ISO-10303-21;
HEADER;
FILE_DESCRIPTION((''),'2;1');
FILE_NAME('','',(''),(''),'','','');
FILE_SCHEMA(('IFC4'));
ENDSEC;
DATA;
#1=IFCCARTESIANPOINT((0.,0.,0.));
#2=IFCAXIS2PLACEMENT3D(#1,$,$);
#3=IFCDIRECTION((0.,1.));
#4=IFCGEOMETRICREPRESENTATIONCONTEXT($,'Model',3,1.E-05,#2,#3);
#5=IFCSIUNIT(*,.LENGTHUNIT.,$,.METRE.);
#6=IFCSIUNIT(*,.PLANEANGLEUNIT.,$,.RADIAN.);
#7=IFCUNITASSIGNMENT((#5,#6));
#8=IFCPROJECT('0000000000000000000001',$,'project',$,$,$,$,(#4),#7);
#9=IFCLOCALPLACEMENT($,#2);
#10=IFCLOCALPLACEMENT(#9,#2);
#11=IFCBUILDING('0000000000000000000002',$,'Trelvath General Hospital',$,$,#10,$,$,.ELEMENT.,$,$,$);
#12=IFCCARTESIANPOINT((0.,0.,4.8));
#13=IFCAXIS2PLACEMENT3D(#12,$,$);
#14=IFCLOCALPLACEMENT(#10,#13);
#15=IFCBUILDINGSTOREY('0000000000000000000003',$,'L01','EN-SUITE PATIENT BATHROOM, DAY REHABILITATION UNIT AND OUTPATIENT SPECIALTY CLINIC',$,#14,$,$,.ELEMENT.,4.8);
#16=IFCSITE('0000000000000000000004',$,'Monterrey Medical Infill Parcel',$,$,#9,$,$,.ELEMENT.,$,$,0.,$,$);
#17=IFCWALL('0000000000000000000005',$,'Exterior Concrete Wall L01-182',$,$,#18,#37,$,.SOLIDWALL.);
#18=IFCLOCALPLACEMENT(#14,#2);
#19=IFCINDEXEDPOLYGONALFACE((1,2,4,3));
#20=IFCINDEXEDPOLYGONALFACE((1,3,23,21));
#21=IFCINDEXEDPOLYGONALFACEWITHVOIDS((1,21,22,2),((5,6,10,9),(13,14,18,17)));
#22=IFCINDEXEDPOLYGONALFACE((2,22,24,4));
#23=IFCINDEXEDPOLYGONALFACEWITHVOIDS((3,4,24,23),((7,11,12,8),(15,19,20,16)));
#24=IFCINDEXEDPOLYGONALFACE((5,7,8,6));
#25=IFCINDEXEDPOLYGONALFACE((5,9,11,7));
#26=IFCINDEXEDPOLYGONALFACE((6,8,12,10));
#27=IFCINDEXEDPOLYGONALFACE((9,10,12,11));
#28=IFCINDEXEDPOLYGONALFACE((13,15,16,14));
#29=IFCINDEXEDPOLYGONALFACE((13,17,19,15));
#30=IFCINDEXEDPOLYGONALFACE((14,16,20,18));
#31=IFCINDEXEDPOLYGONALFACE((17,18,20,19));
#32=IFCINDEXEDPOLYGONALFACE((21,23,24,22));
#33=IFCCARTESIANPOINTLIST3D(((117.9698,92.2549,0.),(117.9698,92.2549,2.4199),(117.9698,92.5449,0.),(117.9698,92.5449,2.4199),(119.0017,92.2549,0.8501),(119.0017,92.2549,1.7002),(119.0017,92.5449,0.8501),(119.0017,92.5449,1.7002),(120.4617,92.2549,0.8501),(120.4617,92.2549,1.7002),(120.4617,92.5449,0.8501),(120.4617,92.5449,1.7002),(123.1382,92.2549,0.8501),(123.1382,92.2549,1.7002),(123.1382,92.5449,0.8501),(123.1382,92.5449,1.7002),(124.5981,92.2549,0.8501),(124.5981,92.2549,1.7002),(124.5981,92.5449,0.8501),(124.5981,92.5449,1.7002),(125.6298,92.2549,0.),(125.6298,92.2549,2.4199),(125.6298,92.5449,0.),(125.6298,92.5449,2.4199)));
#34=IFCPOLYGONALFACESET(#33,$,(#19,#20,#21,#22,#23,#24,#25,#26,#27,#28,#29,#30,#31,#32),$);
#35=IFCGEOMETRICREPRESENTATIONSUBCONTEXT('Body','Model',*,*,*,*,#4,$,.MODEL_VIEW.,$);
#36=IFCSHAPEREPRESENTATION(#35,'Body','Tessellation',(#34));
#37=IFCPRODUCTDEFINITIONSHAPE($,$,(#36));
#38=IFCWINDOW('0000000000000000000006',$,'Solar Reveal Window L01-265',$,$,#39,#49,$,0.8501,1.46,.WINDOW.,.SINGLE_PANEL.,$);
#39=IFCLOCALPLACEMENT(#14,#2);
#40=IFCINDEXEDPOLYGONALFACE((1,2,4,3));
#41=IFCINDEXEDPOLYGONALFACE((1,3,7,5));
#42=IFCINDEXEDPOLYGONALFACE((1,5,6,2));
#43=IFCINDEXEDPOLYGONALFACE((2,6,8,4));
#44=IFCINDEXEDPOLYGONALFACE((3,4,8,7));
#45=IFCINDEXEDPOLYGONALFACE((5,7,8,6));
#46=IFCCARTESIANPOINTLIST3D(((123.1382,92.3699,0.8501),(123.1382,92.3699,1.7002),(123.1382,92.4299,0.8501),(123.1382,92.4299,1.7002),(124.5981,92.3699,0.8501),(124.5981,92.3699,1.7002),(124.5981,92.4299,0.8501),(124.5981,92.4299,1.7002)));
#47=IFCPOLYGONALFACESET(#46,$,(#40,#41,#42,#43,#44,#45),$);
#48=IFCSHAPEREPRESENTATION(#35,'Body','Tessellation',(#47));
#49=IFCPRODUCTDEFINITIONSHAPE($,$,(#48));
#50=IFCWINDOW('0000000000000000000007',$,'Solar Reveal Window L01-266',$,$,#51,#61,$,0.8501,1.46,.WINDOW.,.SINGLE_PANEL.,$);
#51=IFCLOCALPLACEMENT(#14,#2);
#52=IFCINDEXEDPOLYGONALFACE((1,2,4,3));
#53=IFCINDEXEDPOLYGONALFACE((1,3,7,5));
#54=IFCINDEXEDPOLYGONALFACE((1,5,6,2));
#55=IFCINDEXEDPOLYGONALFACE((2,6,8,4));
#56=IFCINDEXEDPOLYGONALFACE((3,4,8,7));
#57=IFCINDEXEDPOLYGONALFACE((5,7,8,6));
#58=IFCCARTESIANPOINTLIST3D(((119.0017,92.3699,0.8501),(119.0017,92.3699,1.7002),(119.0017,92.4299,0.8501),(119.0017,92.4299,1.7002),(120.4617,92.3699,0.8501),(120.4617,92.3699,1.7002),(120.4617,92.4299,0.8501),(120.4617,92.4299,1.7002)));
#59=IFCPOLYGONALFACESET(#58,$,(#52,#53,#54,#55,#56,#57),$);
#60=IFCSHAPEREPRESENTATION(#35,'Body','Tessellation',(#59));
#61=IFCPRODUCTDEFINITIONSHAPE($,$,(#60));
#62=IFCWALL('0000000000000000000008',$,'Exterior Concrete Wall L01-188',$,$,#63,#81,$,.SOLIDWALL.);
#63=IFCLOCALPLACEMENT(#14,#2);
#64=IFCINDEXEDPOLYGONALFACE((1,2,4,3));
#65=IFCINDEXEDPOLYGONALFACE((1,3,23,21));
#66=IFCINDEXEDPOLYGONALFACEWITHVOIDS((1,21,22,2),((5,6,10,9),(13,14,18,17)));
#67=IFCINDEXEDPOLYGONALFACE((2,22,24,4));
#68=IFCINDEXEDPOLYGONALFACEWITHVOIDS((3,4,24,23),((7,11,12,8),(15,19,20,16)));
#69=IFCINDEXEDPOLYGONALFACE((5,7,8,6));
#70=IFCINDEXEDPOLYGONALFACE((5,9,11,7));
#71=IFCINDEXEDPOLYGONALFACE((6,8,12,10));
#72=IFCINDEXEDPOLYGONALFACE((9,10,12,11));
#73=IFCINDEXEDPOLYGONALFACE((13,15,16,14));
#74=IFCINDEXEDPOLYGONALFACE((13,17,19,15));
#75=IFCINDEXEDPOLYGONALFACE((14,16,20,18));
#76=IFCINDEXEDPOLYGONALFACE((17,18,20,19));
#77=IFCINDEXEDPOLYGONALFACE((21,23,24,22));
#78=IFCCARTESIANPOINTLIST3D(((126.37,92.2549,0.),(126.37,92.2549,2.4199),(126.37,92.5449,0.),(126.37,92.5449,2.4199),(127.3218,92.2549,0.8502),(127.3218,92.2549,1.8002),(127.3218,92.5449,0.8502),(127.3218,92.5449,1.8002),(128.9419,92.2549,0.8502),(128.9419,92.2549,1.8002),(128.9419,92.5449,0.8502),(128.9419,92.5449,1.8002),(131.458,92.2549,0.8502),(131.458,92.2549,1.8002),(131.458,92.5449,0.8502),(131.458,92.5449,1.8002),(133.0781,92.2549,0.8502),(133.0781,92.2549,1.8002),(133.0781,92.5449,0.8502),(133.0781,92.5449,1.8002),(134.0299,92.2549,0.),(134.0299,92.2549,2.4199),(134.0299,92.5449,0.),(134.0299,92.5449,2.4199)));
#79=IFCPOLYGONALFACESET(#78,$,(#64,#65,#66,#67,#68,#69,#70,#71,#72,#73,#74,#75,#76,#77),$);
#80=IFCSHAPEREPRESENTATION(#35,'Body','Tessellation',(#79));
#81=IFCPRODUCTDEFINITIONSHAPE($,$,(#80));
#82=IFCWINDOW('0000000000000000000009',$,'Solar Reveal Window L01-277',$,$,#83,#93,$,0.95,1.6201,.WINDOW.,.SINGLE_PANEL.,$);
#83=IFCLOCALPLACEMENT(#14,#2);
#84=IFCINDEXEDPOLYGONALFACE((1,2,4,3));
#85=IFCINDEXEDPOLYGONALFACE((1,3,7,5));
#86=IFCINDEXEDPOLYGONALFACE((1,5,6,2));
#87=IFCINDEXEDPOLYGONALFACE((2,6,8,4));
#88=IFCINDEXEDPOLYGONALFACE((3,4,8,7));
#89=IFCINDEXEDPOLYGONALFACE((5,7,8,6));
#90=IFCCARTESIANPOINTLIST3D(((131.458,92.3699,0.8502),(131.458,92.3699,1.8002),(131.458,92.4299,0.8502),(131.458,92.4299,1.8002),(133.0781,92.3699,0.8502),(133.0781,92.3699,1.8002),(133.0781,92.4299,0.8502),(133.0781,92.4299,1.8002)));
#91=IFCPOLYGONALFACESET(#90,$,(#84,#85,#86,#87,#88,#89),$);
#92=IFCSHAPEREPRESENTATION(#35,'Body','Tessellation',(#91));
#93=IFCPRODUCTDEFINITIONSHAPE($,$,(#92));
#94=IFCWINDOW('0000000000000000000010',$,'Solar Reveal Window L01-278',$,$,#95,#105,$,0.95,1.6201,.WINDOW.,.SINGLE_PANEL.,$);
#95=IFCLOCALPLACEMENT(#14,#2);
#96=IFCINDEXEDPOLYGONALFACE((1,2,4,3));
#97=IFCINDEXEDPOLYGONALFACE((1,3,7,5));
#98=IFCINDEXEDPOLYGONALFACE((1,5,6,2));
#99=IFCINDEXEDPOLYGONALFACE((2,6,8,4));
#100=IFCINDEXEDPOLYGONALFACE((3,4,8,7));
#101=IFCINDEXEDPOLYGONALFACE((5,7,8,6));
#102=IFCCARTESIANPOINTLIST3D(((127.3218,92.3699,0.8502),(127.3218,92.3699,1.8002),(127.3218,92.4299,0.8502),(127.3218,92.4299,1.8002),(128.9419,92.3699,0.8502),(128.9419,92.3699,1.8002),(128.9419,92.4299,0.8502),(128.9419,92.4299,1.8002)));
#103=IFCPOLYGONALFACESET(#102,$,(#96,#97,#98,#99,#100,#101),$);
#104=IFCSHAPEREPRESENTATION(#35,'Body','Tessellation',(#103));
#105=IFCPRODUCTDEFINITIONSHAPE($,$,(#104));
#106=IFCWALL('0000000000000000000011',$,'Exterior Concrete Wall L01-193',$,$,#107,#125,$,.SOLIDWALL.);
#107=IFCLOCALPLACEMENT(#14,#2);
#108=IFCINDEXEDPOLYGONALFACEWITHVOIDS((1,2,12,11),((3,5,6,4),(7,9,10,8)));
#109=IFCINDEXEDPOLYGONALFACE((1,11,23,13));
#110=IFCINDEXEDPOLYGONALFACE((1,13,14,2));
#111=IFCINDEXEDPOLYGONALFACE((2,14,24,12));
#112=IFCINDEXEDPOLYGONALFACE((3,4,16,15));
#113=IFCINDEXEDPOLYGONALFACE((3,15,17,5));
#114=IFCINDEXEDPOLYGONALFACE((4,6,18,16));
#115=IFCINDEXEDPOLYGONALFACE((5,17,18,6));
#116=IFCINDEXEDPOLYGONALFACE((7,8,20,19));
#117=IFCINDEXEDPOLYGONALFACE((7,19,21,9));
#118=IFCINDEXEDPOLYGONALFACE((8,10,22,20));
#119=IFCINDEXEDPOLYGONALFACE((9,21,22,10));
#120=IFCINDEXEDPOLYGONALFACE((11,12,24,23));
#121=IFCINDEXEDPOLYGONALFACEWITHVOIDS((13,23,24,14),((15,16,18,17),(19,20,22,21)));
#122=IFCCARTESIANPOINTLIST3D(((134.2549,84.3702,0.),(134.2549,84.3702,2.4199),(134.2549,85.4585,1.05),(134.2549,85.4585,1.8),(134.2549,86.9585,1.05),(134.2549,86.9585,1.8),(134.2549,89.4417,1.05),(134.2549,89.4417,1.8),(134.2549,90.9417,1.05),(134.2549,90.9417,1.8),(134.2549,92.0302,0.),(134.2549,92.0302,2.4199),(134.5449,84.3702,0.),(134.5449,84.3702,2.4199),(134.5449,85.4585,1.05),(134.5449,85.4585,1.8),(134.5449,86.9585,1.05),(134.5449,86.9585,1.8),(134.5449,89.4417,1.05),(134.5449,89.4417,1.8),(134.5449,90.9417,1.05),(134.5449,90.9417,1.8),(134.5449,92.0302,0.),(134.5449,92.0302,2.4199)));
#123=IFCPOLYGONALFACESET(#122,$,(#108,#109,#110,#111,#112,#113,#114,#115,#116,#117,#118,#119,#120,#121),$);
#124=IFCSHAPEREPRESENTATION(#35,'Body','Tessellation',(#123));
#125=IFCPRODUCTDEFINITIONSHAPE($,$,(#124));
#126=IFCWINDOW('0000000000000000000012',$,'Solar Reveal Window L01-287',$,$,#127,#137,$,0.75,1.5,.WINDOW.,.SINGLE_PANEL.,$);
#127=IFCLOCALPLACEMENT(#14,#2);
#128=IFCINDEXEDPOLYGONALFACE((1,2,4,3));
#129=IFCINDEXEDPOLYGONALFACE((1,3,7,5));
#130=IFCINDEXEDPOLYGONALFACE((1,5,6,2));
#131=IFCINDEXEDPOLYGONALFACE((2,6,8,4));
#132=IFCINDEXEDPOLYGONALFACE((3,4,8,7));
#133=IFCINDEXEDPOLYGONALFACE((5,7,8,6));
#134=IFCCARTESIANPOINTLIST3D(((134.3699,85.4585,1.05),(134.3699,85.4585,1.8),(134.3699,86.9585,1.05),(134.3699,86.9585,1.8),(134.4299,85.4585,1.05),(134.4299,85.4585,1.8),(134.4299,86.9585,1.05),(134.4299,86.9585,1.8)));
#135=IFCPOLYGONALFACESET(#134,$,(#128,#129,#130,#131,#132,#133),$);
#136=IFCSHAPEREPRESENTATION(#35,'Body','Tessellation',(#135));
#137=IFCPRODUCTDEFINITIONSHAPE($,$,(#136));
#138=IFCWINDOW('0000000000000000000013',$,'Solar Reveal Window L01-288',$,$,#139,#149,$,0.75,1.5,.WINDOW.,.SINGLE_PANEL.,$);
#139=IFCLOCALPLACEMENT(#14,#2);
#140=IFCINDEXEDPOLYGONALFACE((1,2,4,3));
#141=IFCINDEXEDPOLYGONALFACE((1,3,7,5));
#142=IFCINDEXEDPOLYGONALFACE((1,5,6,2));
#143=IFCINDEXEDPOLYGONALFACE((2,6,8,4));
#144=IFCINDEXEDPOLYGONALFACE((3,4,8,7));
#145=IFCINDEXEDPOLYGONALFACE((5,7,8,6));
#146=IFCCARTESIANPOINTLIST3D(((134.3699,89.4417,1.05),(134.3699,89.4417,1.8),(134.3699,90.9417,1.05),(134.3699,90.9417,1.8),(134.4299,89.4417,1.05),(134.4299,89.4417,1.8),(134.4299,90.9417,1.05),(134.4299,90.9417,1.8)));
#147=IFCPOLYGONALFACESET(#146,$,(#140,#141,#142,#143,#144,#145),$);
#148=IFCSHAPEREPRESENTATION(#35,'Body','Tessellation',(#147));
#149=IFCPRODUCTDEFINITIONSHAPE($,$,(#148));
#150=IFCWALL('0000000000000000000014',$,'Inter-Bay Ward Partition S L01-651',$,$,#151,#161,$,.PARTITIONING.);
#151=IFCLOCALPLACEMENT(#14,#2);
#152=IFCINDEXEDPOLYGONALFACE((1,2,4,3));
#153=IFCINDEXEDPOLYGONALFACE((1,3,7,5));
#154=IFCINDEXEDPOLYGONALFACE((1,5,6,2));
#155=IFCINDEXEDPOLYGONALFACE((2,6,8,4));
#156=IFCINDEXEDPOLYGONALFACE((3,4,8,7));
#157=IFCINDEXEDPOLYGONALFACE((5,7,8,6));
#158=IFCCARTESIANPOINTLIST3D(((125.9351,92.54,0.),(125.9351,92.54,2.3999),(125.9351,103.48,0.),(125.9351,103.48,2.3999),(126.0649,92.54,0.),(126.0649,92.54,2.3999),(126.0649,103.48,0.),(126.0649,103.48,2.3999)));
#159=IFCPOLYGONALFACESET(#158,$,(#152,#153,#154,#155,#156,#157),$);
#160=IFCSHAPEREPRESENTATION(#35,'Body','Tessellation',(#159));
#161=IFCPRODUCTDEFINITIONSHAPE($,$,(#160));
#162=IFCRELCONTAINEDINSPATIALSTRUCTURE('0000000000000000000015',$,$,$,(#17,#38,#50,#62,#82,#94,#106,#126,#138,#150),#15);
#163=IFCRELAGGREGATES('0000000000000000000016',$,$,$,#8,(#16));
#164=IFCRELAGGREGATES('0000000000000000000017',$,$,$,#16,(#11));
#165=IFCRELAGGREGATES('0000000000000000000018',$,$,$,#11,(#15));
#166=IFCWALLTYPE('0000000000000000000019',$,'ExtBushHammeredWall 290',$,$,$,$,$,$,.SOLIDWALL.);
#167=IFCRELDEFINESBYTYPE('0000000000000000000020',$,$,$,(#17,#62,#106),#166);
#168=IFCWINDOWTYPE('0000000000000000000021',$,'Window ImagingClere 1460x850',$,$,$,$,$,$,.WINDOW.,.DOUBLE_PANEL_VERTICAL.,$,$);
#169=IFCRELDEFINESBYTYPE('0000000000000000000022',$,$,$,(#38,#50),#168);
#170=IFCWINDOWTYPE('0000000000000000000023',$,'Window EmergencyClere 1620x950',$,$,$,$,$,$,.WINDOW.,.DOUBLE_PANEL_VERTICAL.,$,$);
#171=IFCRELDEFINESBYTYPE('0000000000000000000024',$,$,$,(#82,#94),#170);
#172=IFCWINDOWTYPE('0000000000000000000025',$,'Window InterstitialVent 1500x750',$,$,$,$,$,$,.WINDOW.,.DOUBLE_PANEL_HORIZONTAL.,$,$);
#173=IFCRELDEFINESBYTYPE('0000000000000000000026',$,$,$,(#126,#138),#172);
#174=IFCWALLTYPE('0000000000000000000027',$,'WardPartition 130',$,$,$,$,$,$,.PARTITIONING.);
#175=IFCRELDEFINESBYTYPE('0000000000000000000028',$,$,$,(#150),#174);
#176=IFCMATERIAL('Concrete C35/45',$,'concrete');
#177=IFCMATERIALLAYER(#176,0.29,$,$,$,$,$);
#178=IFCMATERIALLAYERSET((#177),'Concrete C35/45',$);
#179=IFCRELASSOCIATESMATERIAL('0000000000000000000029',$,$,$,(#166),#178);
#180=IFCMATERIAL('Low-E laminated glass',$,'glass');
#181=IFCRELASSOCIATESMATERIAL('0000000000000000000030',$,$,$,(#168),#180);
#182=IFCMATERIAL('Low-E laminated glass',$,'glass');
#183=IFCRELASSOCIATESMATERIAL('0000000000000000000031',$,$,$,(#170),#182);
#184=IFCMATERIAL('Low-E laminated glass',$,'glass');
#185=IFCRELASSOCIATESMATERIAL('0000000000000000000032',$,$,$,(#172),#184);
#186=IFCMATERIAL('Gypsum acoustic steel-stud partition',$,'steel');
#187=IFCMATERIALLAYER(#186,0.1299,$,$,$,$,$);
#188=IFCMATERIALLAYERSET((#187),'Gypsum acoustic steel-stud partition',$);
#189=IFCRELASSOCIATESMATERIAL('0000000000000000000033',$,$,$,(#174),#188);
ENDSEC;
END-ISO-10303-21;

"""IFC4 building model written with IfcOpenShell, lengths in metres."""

from ifc_helpers import new_model, si_unit, direction, frame, frame_2d, origin, place, context, subcontext, project, spatial, rectangle, extrude, material, layer, layer_set, type_object, element, fill, save


model = new_model("IFC4")

# Units and contexts
model_context = context("Model", 3, precision=1e-05, world=origin(), true_north=direction((0.0, 1.0)))
body_context = subcontext(model_context, "Body", "Model", "MODEL_VIEW")
ifc_project = project(units=[si_unit("LENGTHUNIT", "METRE"), si_unit("PLANEANGLEUNIT", "RADIAN")], contexts=[model_context])

# Site, building, storey
site_placement = place(None, origin())
site = spatial("IfcSite", under=ifc_project, at=site_placement, Name="Monterrey Medical Infill Parcel", CompositionType="ELEMENT", RefElevation=0.0)
building_placement = place(site_placement, origin())
building = spatial("IfcBuilding", under=site, at=building_placement, Name="Trelvath General Hospital", CompositionType="ELEMENT")
storey_placement = place(building_placement, frame((0.0, 0.0, 4.8)))
storey = spatial("IfcBuildingStorey", under=building, at=storey_placement, Name="L01", Description="EN-SUITE PATIENT BATHROOM, DAY REHABILITATION UNIT AND OUTPATIENT SPECIALTY CLINIC", CompositionType="ELEMENT", Elevation=4.8)

# Walls, openings, windows
ifc_material_1 = material(Name="Concrete C35/45", Category="concrete")
ifc_layer_1 = layer(ifc_material_1, 0.29)
ifc_layer_set_1 = layer_set([ifc_layer_1], Name="Concrete C35/45")
wall_type_1 = type_object("IfcWallType", Name="ExtBushHammeredWall 290", PredefinedType="SOLIDWALL", material=ifc_layer_set_1)
wall_1_placement = place(storey_placement, frame((125.6299, 92.3999, 0.0), z_axis=(0.0, 0.0, 1.0), x_axis=(-1.0, 0.0, 0.0)))
wall_1 = element("IfcWall", 1, at=wall_1_placement, inside=storey, type_object=wall_type_1, Name="Exterior Concrete Wall L01-182", PredefinedType="SOLIDWALL", context=body_context, shape_type="SweptSolid", body=[
    extrude(rectangle(XDim=7.6599, YDim=0.29, at=frame_2d((3.8301, 0.0))), origin(), (0.0, 0.0, 1.0), 2.4199),
])
opening_1_placement = place(wall_1_placement, frame((1.0317, 0.0, 0.8501)))
opening_1 = element("IfcOpeningElement", 2, at=opening_1_placement, cuts=wall_1, PredefinedType="OPENING", context=body_context, shape_type="SweptSolid", body=[
    extrude(rectangle(XDim=1.46, YDim=0.8501, at=frame_2d((0.73, 0.425))), frame((0.0, 0.155, 0.0), z_axis=(0.0, -1.0, 0.0), x_axis=(1.0, 0.0, 0.0)), (0.0, 0.0, 1.0), 0.3101),
])
opening_2_placement = place(wall_1_placement, frame((5.1682, 0.0, 0.8501)))
opening_2 = element("IfcOpeningElement", 3, at=opening_2_placement, cuts=wall_1, PredefinedType="OPENING", context=body_context, shape_type="SweptSolid", body=[
    extrude(rectangle(XDim=1.46, YDim=0.8501, at=frame_2d((0.73, 0.425))), frame((0.0, 0.155, 0.0), z_axis=(0.0, -1.0, 0.0), x_axis=(1.0, 0.0, 0.0)), (0.0, 0.0, 1.0), 0.3101),
])
ifc_material_2 = material(Name="Low-E laminated glass", Category="glass")
window_type_1 = type_object("IfcWindowType", Name="Window ImagingClere 1460x850", PartitioningType="DOUBLE_PANEL_VERTICAL", PredefinedType="WINDOW", material=ifc_material_2)
window_1_placement = place(opening_1_placement, origin())
window_1 = element("IfcWindow", 4, at=window_1_placement, inside=storey, type_object=window_type_1, Name="Solar Reveal Window L01-265", OverallHeight=0.8501, OverallWidth=1.46, PartitioningType="SINGLE_PANEL", PredefinedType="WINDOW", context=body_context, shape_type="SweptSolid", body=[
    extrude(rectangle(XDim=1.46, YDim=0.8501, at=frame_2d((0.73, 0.425))), frame((0.0, 0.03, 0.0), z_axis=(0.0, -1.0, 0.0), x_axis=(1.0, 0.0, 0.0)), (0.0, 0.0, 1.0), 0.0601),
])
fill(opening_1, window_1)
window_2_placement = place(opening_2_placement, origin())
window_2 = element("IfcWindow", 5, at=window_2_placement, inside=storey, type_object=window_type_1, Name="Solar Reveal Window L01-266", OverallHeight=0.8501, OverallWidth=1.46, PartitioningType="SINGLE_PANEL", PredefinedType="WINDOW", context=body_context, shape_type="SweptSolid", body=[
    extrude(rectangle(XDim=1.46, YDim=0.8501, at=frame_2d((0.73, 0.425))), frame((0.0, 0.03, 0.0), z_axis=(0.0, -1.0, 0.0), x_axis=(1.0, 0.0, 0.0)), (0.0, 0.0, 1.0), 0.0601),
])
fill(opening_2, window_2)
wall_2_placement = place(storey_placement, frame((134.03, 92.3999, 0.0), z_axis=(0.0, 0.0, 1.0), x_axis=(-1.0, 0.0, 0.0)))
wall_2 = element("IfcWall", 6, at=wall_2_placement, inside=storey, type_object=wall_type_1, Name="Exterior Concrete Wall L01-188", PredefinedType="SOLIDWALL", context=body_context, shape_type="SweptSolid", body=[
    extrude(rectangle(XDim=7.6599, YDim=0.29, at=frame_2d((3.8301, 0.0))), origin(), (0.0, 0.0, 1.0), 2.4199),
])
opening_3_placement = place(wall_2_placement, frame((0.9519, 0.0, 0.8501)))
opening_3 = element("IfcOpeningElement", 7, at=opening_3_placement, cuts=wall_2, PredefinedType="OPENING", context=body_context, shape_type="SweptSolid", body=[
    extrude(rectangle(XDim=1.6201, YDim=0.95, at=frame_2d((0.8101, 0.4751))), frame((0.0, 0.155, 0.0), z_axis=(0.0, -1.0, 0.0), x_axis=(1.0, 0.0, 0.0)), (0.0, 0.0, 1.0), 0.3101),
])
opening_4_placement = place(wall_2_placement, frame((5.0881, 0.0, 0.8501)))
opening_4 = element("IfcOpeningElement", 8, at=opening_4_placement, cuts=wall_2, PredefinedType="OPENING", context=body_context, shape_type="SweptSolid", body=[
    extrude(rectangle(XDim=1.6201, YDim=0.95, at=frame_2d((0.8101, 0.4751))), frame((0.0, 0.155, 0.0), z_axis=(0.0, -1.0, 0.0), x_axis=(1.0, 0.0, 0.0)), (0.0, 0.0, 1.0), 0.3101),
])
ifc_material_3 = material(Name="Low-E laminated glass", Category="glass")
window_type_2 = type_object("IfcWindowType", Name="Window EmergencyClere 1620x950", PartitioningType="DOUBLE_PANEL_VERTICAL", PredefinedType="WINDOW", material=ifc_material_3)
window_3_placement = place(opening_3_placement, origin())
window_3 = element("IfcWindow", 9, at=window_3_placement, inside=storey, type_object=window_type_2, Name="Solar Reveal Window L01-277", OverallHeight=0.95, OverallWidth=1.6201, PartitioningType="SINGLE_PANEL", PredefinedType="WINDOW", context=body_context, shape_type="SweptSolid", body=[
    extrude(rectangle(XDim=1.6201, YDim=0.95, at=frame_2d((0.8101, 0.4751))), frame((0.0, 0.03, 0.0), z_axis=(0.0, -1.0, 0.0), x_axis=(1.0, 0.0, 0.0)), (0.0, 0.0, 1.0), 0.0601),
])
fill(opening_3, window_3)
window_4_placement = place(opening_4_placement, origin())
window_4 = element("IfcWindow", 10, at=window_4_placement, inside=storey, type_object=window_type_2, Name="Solar Reveal Window L01-278", OverallHeight=0.95, OverallWidth=1.6201, PartitioningType="SINGLE_PANEL", PredefinedType="WINDOW", context=body_context, shape_type="SweptSolid", body=[
    extrude(rectangle(XDim=1.6201, YDim=0.95, at=frame_2d((0.8101, 0.4751))), frame((0.0, 0.03, 0.0), z_axis=(0.0, -1.0, 0.0), x_axis=(1.0, 0.0, 0.0)), (0.0, 0.0, 1.0), 0.0601),
])
fill(opening_4, window_4)
wall_3_placement = place(storey_placement, frame((134.3999, 84.3701, 0.0), z_axis=(0.0, 0.0, 1.0), x_axis=(0.0, 1.0, 0.0)))
wall_3 = element("IfcWall", 11, at=wall_3_placement, inside=storey, type_object=wall_type_1, Name="Exterior Concrete Wall L01-193", PredefinedType="SOLIDWALL", context=body_context, shape_type="SweptSolid", body=[
    extrude(rectangle(XDim=7.6599, YDim=0.29, at=frame_2d((3.8301, 0.0))), origin(), (0.0, 0.0, 1.0), 2.4199),
])
opening_5_placement = place(wall_3_placement, frame((1.0884, 0.0, 1.05)))
opening_5 = element("IfcOpeningElement", 12, at=opening_5_placement, cuts=wall_3, PredefinedType="OPENING", context=body_context, shape_type="SweptSolid", body=[
    extrude(rectangle(XDim=1.5, YDim=0.75, at=frame_2d((0.75, 0.375))), frame((0.0, 0.155, 0.0), z_axis=(0.0, -1.0, 0.0), x_axis=(1.0, 0.0, 0.0)), (0.0, 0.0, 1.0), 0.3101),
])
opening_6_placement = place(wall_3_placement, frame((5.0715, 0.0, 1.05)))
opening_6 = element("IfcOpeningElement", 13, at=opening_6_placement, cuts=wall_3, PredefinedType="OPENING", context=body_context, shape_type="SweptSolid", body=[
    extrude(rectangle(XDim=1.5, YDim=0.75, at=frame_2d((0.75, 0.375))), frame((0.0, 0.155, 0.0), z_axis=(0.0, -1.0, 0.0), x_axis=(1.0, 0.0, 0.0)), (0.0, 0.0, 1.0), 0.3101),
])
ifc_material_4 = material(Name="Low-E laminated glass", Category="glass")
window_type_3 = type_object("IfcWindowType", Name="Window InterstitialVent 1500x750", PartitioningType="DOUBLE_PANEL_HORIZONTAL", PredefinedType="WINDOW", material=ifc_material_4)
window_5_placement = place(opening_5_placement, origin())
window_5 = element("IfcWindow", 14, at=window_5_placement, inside=storey, type_object=window_type_3, Name="Solar Reveal Window L01-287", OverallHeight=0.75, OverallWidth=1.5, PartitioningType="SINGLE_PANEL", PredefinedType="WINDOW", context=body_context, shape_type="SweptSolid", body=[
    extrude(rectangle(XDim=1.5, YDim=0.75, at=frame_2d((0.75, 0.375))), frame((0.0, 0.03, 0.0), z_axis=(0.0, -1.0, 0.0), x_axis=(1.0, 0.0, 0.0)), (0.0, 0.0, 1.0), 0.0601),
])
fill(opening_5, window_5)
window_6_placement = place(opening_6_placement, origin())
window_6 = element("IfcWindow", 15, at=window_6_placement, inside=storey, type_object=window_type_3, Name="Solar Reveal Window L01-288", OverallHeight=0.75, OverallWidth=1.5, PartitioningType="SINGLE_PANEL", PredefinedType="WINDOW", context=body_context, shape_type="SweptSolid", body=[
    extrude(rectangle(XDim=1.5, YDim=0.75, at=frame_2d((0.75, 0.375))), frame((0.0, 0.03, 0.0), z_axis=(0.0, -1.0, 0.0), x_axis=(1.0, 0.0, 0.0)), (0.0, 0.0, 1.0), 0.0601),
])
fill(opening_6, window_6)

# Wall
ifc_material_5 = material(Name="Gypsum acoustic steel-stud partition", Category="steel")
ifc_layer_2 = layer(ifc_material_5, 0.1299)
ifc_layer_set_2 = layer_set([ifc_layer_2], Name="Gypsum acoustic steel-stud partition")
wall_type_2 = type_object("IfcWallType", Name="WardPartition 130", PredefinedType="PARTITIONING", material=ifc_layer_set_2)
wall_4_placement = place(storey_placement, frame((126.0, 92.54, 0.0), z_axis=(0.0, 0.0, 1.0), x_axis=(0.0, 1.0, 0.0)))
element("IfcWall", 16, at=wall_4_placement, inside=storey, type_object=wall_type_2, Name="Inter-Bay Ward Partition S L01-651", PredefinedType="PARTITIONING", context=body_context, shape_type="SweptSolid", body=[
    extrude(rectangle(XDim=10.9399, YDim=0.1299, at=frame_2d((5.47, 0.0))), origin(), (0.0, 0.0, 1.0), 2.3999),
])

save(model, "model.ifc")
